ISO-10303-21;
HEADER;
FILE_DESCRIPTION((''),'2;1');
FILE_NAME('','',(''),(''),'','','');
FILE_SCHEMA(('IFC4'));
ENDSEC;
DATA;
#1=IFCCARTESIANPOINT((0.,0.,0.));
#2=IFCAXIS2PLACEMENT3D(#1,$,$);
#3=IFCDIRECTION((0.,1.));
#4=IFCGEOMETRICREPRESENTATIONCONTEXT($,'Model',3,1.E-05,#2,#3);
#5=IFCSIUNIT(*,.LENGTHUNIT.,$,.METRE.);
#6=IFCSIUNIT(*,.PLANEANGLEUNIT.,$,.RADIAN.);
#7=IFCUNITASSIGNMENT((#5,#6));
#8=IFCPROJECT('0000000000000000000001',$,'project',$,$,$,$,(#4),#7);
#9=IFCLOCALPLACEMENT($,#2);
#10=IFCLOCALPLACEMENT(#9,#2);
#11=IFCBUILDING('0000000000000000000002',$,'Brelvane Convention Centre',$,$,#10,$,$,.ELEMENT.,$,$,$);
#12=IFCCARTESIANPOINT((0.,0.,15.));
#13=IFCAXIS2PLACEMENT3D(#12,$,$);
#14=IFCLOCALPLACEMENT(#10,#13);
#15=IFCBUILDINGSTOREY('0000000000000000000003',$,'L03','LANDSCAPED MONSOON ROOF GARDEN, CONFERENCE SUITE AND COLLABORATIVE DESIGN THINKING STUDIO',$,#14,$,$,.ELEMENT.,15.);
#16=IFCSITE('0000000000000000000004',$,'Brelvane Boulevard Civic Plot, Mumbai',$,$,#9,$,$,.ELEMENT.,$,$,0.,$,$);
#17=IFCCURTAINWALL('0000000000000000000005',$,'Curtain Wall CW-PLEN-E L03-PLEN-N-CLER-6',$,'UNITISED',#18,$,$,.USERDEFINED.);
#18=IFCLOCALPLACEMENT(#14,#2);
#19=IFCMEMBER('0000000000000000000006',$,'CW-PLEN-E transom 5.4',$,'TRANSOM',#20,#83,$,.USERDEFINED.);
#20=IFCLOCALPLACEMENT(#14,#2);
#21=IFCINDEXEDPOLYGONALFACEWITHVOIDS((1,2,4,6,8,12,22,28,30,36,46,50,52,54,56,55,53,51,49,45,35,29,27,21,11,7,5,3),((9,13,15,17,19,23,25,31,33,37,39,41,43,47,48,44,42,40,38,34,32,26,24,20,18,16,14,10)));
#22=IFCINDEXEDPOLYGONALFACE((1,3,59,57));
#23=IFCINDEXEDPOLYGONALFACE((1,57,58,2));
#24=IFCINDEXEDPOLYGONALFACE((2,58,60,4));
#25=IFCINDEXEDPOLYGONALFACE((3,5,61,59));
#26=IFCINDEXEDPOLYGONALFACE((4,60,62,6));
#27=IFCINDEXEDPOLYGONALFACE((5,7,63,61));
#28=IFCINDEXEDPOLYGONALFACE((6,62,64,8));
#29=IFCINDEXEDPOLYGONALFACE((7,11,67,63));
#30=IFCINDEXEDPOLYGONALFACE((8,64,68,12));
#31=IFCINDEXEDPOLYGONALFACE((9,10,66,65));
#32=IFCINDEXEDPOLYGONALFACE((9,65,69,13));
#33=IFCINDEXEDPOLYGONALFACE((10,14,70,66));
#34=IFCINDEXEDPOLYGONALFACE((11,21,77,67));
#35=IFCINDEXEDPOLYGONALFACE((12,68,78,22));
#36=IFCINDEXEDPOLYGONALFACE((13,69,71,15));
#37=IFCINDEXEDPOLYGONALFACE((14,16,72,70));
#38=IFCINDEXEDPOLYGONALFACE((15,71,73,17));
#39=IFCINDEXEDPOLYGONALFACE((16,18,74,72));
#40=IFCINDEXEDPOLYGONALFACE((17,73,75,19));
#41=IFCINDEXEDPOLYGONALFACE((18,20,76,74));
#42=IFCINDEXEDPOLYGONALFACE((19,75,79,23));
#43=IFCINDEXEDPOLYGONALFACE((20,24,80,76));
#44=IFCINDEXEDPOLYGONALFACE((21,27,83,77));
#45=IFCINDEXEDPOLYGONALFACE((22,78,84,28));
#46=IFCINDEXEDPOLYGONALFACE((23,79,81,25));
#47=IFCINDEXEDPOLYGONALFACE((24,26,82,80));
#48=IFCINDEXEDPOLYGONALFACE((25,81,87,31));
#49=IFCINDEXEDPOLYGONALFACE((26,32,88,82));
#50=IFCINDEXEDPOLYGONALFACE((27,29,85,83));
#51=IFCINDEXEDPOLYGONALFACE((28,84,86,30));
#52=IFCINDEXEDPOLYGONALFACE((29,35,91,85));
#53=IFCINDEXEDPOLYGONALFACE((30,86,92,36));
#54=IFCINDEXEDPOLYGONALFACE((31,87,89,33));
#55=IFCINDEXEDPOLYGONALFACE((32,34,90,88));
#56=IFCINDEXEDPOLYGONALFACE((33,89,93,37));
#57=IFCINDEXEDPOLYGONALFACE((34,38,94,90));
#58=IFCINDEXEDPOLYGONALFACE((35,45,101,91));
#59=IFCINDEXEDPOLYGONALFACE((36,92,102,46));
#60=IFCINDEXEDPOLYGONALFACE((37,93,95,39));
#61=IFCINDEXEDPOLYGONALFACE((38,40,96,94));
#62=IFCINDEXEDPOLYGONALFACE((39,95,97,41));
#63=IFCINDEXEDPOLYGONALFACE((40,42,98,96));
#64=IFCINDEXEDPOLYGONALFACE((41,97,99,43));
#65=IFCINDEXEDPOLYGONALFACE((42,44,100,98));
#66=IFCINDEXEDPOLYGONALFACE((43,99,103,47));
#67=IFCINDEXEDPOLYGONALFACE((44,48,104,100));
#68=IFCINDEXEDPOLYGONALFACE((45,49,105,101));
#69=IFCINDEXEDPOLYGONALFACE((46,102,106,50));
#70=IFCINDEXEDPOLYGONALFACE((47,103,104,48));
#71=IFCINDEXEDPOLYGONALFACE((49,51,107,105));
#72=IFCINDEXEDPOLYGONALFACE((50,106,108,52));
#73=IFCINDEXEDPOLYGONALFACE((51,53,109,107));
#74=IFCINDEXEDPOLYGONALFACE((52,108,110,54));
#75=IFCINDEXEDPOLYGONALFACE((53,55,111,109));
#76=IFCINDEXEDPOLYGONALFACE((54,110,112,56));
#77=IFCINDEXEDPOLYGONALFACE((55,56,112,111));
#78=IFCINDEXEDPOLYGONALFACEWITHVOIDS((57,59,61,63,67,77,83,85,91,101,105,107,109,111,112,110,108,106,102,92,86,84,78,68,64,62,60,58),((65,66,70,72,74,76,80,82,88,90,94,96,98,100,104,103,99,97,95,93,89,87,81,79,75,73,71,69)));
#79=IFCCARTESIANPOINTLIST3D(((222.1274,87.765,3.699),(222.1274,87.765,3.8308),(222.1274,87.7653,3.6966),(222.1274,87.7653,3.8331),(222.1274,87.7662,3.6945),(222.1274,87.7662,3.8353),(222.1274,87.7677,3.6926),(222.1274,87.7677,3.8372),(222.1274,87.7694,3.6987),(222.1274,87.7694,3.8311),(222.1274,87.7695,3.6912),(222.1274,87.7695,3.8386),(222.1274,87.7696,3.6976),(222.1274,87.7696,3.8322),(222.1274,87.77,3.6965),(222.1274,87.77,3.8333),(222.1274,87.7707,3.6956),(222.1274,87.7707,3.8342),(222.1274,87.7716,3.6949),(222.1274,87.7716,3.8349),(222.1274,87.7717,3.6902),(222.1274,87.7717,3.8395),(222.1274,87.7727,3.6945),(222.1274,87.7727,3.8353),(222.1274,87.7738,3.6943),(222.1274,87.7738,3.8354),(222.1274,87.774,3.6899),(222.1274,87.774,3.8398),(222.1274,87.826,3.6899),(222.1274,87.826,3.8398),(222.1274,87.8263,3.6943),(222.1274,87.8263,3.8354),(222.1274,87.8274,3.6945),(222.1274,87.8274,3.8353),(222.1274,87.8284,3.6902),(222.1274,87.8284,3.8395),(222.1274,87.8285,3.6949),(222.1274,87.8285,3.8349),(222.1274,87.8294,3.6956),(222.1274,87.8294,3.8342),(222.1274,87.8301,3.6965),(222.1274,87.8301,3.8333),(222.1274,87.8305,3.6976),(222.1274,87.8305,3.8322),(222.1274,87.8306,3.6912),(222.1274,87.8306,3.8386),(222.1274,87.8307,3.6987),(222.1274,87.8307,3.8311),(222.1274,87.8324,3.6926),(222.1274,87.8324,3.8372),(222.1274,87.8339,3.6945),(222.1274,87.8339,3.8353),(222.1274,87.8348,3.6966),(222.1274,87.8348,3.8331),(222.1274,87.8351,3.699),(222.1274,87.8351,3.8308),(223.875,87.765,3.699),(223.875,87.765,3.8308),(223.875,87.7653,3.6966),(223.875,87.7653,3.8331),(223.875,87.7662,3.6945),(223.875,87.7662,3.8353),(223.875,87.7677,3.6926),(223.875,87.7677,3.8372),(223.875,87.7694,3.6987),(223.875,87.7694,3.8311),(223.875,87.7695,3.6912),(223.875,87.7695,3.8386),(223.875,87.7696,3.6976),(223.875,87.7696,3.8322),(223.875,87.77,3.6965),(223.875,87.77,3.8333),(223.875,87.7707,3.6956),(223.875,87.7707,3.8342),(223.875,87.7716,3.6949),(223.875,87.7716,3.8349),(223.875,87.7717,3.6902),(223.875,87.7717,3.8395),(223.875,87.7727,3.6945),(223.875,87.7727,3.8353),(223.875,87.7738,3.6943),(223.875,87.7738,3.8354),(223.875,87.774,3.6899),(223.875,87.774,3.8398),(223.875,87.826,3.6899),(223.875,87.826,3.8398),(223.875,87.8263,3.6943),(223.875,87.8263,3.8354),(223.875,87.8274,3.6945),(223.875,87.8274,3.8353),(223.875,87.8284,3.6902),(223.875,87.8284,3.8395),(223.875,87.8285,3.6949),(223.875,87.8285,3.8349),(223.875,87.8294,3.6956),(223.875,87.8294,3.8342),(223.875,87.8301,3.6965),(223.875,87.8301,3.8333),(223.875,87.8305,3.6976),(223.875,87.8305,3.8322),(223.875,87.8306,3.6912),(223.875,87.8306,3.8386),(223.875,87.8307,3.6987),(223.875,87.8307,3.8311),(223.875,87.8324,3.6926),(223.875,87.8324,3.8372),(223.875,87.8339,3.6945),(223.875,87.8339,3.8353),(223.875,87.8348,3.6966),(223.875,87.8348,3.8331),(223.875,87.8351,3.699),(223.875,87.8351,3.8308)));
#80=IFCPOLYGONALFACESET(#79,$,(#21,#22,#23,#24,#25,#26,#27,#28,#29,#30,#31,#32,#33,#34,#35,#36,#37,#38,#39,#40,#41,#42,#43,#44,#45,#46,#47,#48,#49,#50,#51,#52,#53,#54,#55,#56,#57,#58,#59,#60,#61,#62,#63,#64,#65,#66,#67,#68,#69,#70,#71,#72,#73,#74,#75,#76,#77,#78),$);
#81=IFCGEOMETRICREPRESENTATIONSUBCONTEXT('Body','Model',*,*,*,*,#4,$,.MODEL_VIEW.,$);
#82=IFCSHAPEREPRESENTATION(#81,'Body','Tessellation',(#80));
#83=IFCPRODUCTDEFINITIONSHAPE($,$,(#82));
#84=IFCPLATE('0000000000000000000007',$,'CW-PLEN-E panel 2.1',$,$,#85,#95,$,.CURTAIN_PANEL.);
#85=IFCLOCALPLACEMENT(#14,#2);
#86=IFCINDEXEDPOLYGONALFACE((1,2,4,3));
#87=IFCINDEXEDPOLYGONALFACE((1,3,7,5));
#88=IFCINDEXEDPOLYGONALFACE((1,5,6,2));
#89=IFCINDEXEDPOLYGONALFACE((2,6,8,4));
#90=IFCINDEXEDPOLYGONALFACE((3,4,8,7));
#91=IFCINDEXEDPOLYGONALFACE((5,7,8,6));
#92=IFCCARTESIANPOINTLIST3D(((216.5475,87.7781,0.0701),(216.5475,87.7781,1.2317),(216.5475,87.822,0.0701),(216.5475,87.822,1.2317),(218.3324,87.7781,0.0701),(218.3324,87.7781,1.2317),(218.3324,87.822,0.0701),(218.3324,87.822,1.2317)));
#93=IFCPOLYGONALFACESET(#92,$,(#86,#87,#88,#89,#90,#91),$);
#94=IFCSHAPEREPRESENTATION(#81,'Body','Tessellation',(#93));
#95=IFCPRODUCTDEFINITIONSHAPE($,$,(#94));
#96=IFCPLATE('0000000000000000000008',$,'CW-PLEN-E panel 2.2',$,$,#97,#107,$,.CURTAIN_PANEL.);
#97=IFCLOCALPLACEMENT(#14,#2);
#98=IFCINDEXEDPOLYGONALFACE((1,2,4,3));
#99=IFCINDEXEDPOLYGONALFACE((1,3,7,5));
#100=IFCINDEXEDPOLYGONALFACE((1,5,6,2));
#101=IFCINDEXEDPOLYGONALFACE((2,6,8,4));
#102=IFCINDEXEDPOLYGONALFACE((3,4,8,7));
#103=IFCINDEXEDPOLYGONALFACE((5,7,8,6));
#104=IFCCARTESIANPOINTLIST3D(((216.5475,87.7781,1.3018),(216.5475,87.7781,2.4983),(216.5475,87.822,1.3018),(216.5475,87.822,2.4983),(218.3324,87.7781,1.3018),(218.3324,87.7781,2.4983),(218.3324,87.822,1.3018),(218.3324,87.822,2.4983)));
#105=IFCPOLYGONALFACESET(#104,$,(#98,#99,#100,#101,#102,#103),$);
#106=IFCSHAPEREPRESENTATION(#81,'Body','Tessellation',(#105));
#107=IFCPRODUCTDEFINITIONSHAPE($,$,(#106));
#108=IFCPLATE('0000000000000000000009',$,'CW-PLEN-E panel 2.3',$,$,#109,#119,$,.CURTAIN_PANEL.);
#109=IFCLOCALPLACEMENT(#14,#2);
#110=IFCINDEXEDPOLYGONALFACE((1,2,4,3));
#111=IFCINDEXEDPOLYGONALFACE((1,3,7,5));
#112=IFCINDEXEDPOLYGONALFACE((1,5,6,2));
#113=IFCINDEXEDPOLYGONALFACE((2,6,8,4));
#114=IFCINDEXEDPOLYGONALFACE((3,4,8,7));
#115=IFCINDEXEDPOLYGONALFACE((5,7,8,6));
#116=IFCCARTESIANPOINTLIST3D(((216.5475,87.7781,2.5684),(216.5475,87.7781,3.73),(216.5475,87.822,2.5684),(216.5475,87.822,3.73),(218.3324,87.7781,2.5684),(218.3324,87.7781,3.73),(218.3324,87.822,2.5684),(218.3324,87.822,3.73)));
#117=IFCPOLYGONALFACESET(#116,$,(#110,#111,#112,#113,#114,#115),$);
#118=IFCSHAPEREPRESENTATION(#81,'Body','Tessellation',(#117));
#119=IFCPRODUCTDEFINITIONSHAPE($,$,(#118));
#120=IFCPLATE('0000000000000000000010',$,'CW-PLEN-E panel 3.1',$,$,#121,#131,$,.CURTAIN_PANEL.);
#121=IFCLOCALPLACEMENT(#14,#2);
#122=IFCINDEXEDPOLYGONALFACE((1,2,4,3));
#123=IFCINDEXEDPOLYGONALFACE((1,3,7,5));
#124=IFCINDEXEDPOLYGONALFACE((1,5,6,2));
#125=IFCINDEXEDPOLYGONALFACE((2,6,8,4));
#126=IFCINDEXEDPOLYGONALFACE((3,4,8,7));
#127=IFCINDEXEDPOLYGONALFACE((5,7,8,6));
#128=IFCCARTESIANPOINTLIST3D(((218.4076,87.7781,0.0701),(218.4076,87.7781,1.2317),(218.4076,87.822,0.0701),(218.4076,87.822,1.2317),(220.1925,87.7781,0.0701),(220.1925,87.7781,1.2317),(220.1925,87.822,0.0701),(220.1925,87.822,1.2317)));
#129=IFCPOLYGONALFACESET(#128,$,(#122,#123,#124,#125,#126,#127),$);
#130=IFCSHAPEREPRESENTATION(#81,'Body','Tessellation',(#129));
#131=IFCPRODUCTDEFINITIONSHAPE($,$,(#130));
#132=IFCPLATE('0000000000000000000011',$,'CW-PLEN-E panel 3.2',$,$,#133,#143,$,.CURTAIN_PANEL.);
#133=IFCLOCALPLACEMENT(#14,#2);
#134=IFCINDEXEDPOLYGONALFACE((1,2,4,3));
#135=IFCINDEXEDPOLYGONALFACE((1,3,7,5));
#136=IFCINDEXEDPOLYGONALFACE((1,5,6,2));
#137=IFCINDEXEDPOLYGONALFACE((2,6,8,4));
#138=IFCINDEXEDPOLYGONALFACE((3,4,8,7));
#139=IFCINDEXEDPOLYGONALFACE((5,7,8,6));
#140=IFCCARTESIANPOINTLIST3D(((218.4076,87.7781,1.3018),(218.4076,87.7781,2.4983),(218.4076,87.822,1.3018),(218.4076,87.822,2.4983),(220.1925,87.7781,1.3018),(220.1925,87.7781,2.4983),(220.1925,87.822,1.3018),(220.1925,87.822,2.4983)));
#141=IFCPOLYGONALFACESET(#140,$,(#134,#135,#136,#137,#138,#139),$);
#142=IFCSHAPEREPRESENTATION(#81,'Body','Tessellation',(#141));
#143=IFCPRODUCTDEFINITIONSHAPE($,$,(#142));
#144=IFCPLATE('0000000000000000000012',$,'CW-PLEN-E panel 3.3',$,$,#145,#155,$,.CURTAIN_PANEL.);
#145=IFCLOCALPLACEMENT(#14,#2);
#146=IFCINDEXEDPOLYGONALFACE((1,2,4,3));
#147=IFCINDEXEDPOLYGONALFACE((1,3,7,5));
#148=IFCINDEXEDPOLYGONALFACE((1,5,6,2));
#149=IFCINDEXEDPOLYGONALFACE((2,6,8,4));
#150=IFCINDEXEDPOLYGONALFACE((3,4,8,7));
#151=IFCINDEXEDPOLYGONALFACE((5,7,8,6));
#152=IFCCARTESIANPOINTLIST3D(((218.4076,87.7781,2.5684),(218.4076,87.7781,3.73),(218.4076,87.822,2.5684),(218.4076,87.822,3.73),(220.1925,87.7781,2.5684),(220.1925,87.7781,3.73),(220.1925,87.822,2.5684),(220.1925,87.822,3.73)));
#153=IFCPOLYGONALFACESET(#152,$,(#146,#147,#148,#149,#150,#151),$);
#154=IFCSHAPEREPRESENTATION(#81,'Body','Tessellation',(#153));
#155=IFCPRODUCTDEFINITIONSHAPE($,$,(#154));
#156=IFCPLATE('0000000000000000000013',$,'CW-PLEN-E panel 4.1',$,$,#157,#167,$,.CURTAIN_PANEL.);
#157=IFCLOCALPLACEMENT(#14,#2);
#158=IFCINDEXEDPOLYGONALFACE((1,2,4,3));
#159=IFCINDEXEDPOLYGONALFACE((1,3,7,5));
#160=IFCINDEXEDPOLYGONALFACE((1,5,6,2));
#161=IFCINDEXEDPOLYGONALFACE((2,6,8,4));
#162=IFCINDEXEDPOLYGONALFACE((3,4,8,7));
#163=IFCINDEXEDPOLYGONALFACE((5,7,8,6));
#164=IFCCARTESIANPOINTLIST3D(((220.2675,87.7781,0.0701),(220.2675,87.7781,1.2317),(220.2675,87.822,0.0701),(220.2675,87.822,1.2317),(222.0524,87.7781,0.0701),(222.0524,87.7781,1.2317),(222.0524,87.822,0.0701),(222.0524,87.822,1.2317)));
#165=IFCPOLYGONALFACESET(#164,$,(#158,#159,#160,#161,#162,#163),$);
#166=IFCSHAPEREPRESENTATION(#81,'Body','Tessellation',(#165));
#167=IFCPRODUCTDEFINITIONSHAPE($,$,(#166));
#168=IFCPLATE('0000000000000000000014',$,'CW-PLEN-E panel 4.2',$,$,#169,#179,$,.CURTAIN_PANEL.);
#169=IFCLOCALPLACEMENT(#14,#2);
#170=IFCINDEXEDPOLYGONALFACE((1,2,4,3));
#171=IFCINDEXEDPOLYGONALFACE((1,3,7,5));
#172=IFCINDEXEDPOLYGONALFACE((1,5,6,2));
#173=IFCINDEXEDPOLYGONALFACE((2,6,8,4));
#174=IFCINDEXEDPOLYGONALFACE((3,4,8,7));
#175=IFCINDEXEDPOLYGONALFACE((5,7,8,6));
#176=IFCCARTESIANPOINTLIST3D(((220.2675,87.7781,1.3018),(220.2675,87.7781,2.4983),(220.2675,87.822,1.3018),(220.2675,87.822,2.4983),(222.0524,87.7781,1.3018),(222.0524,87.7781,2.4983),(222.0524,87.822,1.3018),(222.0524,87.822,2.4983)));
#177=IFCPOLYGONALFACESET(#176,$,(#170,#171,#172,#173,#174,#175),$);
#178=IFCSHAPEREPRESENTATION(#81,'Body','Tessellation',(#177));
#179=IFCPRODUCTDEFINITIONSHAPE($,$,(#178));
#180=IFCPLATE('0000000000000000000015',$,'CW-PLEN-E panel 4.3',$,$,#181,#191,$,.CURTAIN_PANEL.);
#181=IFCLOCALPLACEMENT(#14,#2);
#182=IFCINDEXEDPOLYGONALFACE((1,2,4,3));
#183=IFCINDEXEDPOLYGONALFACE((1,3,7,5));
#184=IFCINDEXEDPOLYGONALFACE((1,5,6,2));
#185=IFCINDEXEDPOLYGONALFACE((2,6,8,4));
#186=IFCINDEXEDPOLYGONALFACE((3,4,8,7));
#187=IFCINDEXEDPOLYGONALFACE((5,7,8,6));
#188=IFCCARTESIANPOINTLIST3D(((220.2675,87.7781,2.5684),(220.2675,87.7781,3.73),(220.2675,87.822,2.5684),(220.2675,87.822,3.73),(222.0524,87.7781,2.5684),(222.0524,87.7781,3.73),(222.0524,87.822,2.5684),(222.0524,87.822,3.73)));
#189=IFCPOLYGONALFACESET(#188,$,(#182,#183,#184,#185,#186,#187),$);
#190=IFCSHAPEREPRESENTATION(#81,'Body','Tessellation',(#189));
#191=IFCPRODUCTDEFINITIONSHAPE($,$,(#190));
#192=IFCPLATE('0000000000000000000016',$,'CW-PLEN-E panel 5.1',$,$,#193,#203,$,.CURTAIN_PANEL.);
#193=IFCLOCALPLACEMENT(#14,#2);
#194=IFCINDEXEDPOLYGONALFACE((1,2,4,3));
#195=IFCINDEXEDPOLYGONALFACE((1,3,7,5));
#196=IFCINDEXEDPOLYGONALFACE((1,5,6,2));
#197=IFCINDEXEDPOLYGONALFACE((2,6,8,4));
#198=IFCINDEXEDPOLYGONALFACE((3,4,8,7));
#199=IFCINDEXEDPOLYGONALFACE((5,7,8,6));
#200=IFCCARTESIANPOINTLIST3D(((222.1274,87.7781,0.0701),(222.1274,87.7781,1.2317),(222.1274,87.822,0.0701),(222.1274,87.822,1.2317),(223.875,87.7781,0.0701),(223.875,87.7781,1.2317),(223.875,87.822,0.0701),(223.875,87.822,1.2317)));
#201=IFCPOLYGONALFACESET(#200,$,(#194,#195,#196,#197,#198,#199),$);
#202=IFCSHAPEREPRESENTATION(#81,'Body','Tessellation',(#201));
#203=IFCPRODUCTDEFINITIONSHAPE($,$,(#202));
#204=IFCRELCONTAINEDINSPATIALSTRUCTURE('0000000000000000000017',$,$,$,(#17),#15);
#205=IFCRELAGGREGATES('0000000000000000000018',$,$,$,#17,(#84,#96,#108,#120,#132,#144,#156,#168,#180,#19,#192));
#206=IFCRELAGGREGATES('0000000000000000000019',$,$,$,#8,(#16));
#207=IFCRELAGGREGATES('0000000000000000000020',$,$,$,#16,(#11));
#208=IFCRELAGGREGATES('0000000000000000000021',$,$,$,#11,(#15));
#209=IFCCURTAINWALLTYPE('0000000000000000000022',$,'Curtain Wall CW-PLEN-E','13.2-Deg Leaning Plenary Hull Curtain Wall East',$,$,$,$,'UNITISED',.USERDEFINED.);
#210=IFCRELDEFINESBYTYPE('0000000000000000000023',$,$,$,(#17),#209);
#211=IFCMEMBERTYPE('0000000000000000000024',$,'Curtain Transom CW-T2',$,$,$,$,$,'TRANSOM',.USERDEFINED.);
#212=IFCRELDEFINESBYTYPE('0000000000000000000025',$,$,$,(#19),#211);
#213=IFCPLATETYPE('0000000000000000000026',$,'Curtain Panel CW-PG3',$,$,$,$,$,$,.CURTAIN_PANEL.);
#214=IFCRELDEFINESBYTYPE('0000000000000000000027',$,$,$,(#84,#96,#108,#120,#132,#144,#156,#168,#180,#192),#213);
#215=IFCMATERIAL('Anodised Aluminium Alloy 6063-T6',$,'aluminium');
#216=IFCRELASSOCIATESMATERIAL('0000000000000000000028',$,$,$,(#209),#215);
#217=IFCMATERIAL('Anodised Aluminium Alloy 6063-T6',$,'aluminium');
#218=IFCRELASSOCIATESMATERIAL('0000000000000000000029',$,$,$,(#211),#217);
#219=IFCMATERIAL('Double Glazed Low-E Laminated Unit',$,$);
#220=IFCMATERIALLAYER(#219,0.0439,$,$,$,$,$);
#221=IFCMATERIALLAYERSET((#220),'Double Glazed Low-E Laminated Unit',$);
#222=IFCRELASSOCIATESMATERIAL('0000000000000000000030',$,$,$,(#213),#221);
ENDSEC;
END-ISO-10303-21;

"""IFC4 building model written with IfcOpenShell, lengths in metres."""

from ifc_helpers import new_model, si_unit, direction, frame, origin, origin_2d, place, context, subcontext, project, spatial, rectangle, hollow_rectangle, extrude, material, layer, layer_set, material_profile, profile_set, type_object, element, aggregate, save


model = new_model("IFC4")

# Units and contexts
model_context = context("Model", 3, precision=1e-05, world=origin(), true_north=direction((0.0, 1.0)))
body_context = subcontext(model_context, "Body", "Model", "MODEL_VIEW")
ifc_project = project(units=[si_unit("LENGTHUNIT", "METRE"), si_unit("PLANEANGLEUNIT", "RADIAN")], contexts=[model_context])

# Site, building, storey
site_placement = place(None, origin())
site = spatial("IfcSite", under=ifc_project, at=site_placement, Name="Brelvane Boulevard Civic Plot, Mumbai", CompositionType="ELEMENT", RefElevation=0.0)
building_placement = place(site_placement, origin())
building = spatial("IfcBuilding", under=site, at=building_placement, Name="Brelvane Convention Centre", CompositionType="ELEMENT")
storey_placement = place(building_placement, frame((0.0, 0.0, 15.0)))
storey = spatial("IfcBuildingStorey", under=building, at=storey_placement, Name="L03", Description="LANDSCAPED MONSOON ROOF GARDEN, CONFERENCE SUITE AND COLLABORATIVE DESIGN THINKING STUDIO", CompositionType="ELEMENT", Elevation=15.0)

# Curtain wall, member, plates
ifc_material_1 = material(Name="Anodised Aluminium Alloy 6063-T6", Category="aluminium")
curtain_wall_type = type_object("IfcCurtainWallType", Name="Curtain Wall CW-PLEN-E", Description="13.2-Deg Leaning Plenary Hull Curtain Wall East", ElementType="UNITISED", PredefinedType="USERDEFINED", material=ifc_material_1)
curtain_wall_placement = place(storey_placement, origin())
curtain_wall = element("IfcCurtainWall", 1, at=curtain_wall_placement, inside=storey, type_object=curtain_wall_type, Name="Curtain Wall CW-PLEN-E L03-PLEN-N-CLER-6", ObjectType="UNITISED", PredefinedType="USERDEFINED")
ifc_material_2 = material(Name="Anodised Aluminium Alloy 6063-T6", Category="aluminium")
ifc_material_profile_1 = material_profile(ifc_material_2, hollow_rectangle(XDim=0.0701, YDim=0.1499, WallThickness=0.0044, InnerFilletRadius=0.0044, OuterFilletRadius=0.009, at=origin_2d()), Name="ALU-T 150x70x4.5")
ifc_profile_set_1 = profile_set([ifc_material_profile_1], Name="Anodised Aluminium Alloy 6063-T6")
member_type_1 = type_object("IfcMemberType", Name="Curtain Transom CW-T2", ElementType="TRANSOM", PredefinedType="USERDEFINED", material=ifc_profile_set_1)
member_1_placement = place(storey_placement, frame((222.1274, 87.8, 3.7649), z_axis=(1.0, 0.0, 0.0), x_axis=(0.0, 1.0, 0.0)))
member_1 = element("IfcMember", 2, at=member_1_placement, type_object=member_type_1, Name="CW-PLEN-E transom 5.4", ObjectType="TRANSOM", PredefinedType="USERDEFINED", context=body_context, shape_type="SweptSolid", body=[
    extrude(hollow_rectangle(XDim=0.0701, YDim=0.1499, WallThickness=0.0044, InnerFilletRadius=0.0044, OuterFilletRadius=0.009, at=origin_2d()), origin(), (0.0, 0.0, 1.0), 1.7476),
])
ifc_material_3 = material(Name="Double Glazed Low-E Laminated Unit")
ifc_layer_1 = layer(ifc_material_3, 0.0439)
ifc_layer_set_1 = layer_set([ifc_layer_1], Name="Double Glazed Low-E Laminated Unit")
plate_type_1 = type_object("IfcPlateType", Name="Curtain Panel CW-PG3", PredefinedType="CURTAIN_PANEL", material=ifc_layer_set_1)
plate_1_placement = place(storey_placement, frame((217.4399, 87.8, 0.0701), z_axis=(0.0, 0.0, 1.0), x_axis=(1.0, 0.0, 0.0)))
plate_1 = element("IfcPlate", 3, at=plate_1_placement, type_object=plate_type_1, Name="CW-PLEN-E panel 2.1", PredefinedType="CURTAIN_PANEL", context=body_context, shape_type="SweptSolid", body=[
    extrude(rectangle(XDim=1.7849, YDim=0.0439, at=origin_2d()), origin(), (0.0, 0.0, 1.0), 1.1616),
])
plate_2_placement = place(storey_placement, frame((217.4399, 87.8, 1.3018), z_axis=(0.0, 0.0, 1.0), x_axis=(1.0, 0.0, 0.0)))
plate_2 = element("IfcPlate", 4, at=plate_2_placement, type_object=plate_type_1, Name="CW-PLEN-E panel 2.2", PredefinedType="CURTAIN_PANEL", context=body_context, shape_type="SweptSolid", body=[
    extrude(rectangle(XDim=1.7849, YDim=0.0439, at=origin_2d()), origin(), (0.0, 0.0, 1.0), 1.1965),
])
plate_3_placement = place(storey_placement, frame((217.4399, 87.8, 2.5684), z_axis=(0.0, 0.0, 1.0), x_axis=(1.0, 0.0, 0.0)))
plate_3 = element("IfcPlate", 5, at=plate_3_placement, type_object=plate_type_1, Name="CW-PLEN-E panel 2.3", PredefinedType="CURTAIN_PANEL", context=body_context, shape_type="SweptSolid", body=[
    extrude(rectangle(XDim=1.7849, YDim=0.0439, at=origin_2d()), origin(), (0.0, 0.0, 1.0), 1.1616),
])
plate_4_placement = place(storey_placement, frame((219.3, 87.8, 0.0701), z_axis=(0.0, 0.0, 1.0), x_axis=(1.0, 0.0, 0.0)))
plate_4 = element("IfcPlate", 6, at=plate_4_placement, type_object=plate_type_1, Name="CW-PLEN-E panel 3.1", PredefinedType="CURTAIN_PANEL", context=body_context, shape_type="SweptSolid", body=[
    extrude(rectangle(XDim=1.7849, YDim=0.0439, at=origin_2d()), origin(), (0.0, 0.0, 1.0), 1.1616),
])
plate_5_placement = place(storey_placement, frame((219.3, 87.8, 1.3018), z_axis=(0.0, 0.0, 1.0), x_axis=(1.0, 0.0, 0.0)))
plate_5 = element("IfcPlate", 7, at=plate_5_placement, type_object=plate_type_1, Name="CW-PLEN-E panel 3.2", PredefinedType="CURTAIN_PANEL", context=body_context, shape_type="SweptSolid", body=[
    extrude(rectangle(XDim=1.7849, YDim=0.0439, at=origin_2d()), origin(), (0.0, 0.0, 1.0), 1.1965),
])
plate_6_placement = place(storey_placement, frame((219.3, 87.8, 2.5684), z_axis=(0.0, 0.0, 1.0), x_axis=(1.0, 0.0, 0.0)))
plate_6 = element("IfcPlate", 8, at=plate_6_placement, type_object=plate_type_1, Name="CW-PLEN-E panel 3.3", PredefinedType="CURTAIN_PANEL", context=body_context, shape_type="SweptSolid", body=[
    extrude(rectangle(XDim=1.7849, YDim=0.0439, at=origin_2d()), origin(), (0.0, 0.0, 1.0), 1.1616),
])
plate_7_placement = place(storey_placement, frame((221.1599, 87.8, 0.0701), z_axis=(0.0, 0.0, 1.0), x_axis=(1.0, 0.0, 0.0)))
plate_7 = element("IfcPlate", 9, at=plate_7_placement, type_object=plate_type_1, Name="CW-PLEN-E panel 4.1", PredefinedType="CURTAIN_PANEL", context=body_context, shape_type="SweptSolid", body=[
    extrude(rectangle(XDim=1.7849, YDim=0.0439, at=origin_2d()), origin(), (0.0, 0.0, 1.0), 1.1616),
])
plate_8_placement = place(storey_placement, frame((221.1599, 87.8, 1.3018), z_axis=(0.0, 0.0, 1.0), x_axis=(1.0, 0.0, 0.0)))
plate_8 = element("IfcPlate", 10, at=plate_8_placement, type_object=plate_type_1, Name="CW-PLEN-E panel 4.2", PredefinedType="CURTAIN_PANEL", context=body_context, shape_type="SweptSolid", body=[
    extrude(rectangle(XDim=1.7849, YDim=0.0439, at=origin_2d()), origin(), (0.0, 0.0, 1.0), 1.1965),
])
plate_9_placement = place(storey_placement, frame((221.1599, 87.8, 2.5684), z_axis=(0.0, 0.0, 1.0), x_axis=(1.0, 0.0, 0.0)))
plate_9 = element("IfcPlate", 11, at=plate_9_placement, type_object=plate_type_1, Name="CW-PLEN-E panel 4.3", PredefinedType="CURTAIN_PANEL", context=body_context, shape_type="SweptSolid", body=[
    extrude(rectangle(XDim=1.7849, YDim=0.0439, at=origin_2d()), origin(), (0.0, 0.0, 1.0), 1.1616),
])
plate_10_placement = place(storey_placement, frame((223.0012, 87.8, 0.0701), z_axis=(0.0, 0.0, 1.0), x_axis=(1.0, 0.0, 0.0)))
plate_10 = element("IfcPlate", 12, at=plate_10_placement, type_object=plate_type_1, Name="CW-PLEN-E panel 5.1", PredefinedType="CURTAIN_PANEL", context=body_context, shape_type="SweptSolid", body=[
    extrude(rectangle(XDim=1.7476, YDim=0.0439, at=origin_2d()), origin(), (0.0, 0.0, 1.0), 1.1616),
])
aggregate(curtain_wall, [plate_1, plate_2, plate_3, plate_4, plate_5, plate_6, plate_7, plate_8, plate_9, member_1, plate_10])

save(model, "model.ifc")
